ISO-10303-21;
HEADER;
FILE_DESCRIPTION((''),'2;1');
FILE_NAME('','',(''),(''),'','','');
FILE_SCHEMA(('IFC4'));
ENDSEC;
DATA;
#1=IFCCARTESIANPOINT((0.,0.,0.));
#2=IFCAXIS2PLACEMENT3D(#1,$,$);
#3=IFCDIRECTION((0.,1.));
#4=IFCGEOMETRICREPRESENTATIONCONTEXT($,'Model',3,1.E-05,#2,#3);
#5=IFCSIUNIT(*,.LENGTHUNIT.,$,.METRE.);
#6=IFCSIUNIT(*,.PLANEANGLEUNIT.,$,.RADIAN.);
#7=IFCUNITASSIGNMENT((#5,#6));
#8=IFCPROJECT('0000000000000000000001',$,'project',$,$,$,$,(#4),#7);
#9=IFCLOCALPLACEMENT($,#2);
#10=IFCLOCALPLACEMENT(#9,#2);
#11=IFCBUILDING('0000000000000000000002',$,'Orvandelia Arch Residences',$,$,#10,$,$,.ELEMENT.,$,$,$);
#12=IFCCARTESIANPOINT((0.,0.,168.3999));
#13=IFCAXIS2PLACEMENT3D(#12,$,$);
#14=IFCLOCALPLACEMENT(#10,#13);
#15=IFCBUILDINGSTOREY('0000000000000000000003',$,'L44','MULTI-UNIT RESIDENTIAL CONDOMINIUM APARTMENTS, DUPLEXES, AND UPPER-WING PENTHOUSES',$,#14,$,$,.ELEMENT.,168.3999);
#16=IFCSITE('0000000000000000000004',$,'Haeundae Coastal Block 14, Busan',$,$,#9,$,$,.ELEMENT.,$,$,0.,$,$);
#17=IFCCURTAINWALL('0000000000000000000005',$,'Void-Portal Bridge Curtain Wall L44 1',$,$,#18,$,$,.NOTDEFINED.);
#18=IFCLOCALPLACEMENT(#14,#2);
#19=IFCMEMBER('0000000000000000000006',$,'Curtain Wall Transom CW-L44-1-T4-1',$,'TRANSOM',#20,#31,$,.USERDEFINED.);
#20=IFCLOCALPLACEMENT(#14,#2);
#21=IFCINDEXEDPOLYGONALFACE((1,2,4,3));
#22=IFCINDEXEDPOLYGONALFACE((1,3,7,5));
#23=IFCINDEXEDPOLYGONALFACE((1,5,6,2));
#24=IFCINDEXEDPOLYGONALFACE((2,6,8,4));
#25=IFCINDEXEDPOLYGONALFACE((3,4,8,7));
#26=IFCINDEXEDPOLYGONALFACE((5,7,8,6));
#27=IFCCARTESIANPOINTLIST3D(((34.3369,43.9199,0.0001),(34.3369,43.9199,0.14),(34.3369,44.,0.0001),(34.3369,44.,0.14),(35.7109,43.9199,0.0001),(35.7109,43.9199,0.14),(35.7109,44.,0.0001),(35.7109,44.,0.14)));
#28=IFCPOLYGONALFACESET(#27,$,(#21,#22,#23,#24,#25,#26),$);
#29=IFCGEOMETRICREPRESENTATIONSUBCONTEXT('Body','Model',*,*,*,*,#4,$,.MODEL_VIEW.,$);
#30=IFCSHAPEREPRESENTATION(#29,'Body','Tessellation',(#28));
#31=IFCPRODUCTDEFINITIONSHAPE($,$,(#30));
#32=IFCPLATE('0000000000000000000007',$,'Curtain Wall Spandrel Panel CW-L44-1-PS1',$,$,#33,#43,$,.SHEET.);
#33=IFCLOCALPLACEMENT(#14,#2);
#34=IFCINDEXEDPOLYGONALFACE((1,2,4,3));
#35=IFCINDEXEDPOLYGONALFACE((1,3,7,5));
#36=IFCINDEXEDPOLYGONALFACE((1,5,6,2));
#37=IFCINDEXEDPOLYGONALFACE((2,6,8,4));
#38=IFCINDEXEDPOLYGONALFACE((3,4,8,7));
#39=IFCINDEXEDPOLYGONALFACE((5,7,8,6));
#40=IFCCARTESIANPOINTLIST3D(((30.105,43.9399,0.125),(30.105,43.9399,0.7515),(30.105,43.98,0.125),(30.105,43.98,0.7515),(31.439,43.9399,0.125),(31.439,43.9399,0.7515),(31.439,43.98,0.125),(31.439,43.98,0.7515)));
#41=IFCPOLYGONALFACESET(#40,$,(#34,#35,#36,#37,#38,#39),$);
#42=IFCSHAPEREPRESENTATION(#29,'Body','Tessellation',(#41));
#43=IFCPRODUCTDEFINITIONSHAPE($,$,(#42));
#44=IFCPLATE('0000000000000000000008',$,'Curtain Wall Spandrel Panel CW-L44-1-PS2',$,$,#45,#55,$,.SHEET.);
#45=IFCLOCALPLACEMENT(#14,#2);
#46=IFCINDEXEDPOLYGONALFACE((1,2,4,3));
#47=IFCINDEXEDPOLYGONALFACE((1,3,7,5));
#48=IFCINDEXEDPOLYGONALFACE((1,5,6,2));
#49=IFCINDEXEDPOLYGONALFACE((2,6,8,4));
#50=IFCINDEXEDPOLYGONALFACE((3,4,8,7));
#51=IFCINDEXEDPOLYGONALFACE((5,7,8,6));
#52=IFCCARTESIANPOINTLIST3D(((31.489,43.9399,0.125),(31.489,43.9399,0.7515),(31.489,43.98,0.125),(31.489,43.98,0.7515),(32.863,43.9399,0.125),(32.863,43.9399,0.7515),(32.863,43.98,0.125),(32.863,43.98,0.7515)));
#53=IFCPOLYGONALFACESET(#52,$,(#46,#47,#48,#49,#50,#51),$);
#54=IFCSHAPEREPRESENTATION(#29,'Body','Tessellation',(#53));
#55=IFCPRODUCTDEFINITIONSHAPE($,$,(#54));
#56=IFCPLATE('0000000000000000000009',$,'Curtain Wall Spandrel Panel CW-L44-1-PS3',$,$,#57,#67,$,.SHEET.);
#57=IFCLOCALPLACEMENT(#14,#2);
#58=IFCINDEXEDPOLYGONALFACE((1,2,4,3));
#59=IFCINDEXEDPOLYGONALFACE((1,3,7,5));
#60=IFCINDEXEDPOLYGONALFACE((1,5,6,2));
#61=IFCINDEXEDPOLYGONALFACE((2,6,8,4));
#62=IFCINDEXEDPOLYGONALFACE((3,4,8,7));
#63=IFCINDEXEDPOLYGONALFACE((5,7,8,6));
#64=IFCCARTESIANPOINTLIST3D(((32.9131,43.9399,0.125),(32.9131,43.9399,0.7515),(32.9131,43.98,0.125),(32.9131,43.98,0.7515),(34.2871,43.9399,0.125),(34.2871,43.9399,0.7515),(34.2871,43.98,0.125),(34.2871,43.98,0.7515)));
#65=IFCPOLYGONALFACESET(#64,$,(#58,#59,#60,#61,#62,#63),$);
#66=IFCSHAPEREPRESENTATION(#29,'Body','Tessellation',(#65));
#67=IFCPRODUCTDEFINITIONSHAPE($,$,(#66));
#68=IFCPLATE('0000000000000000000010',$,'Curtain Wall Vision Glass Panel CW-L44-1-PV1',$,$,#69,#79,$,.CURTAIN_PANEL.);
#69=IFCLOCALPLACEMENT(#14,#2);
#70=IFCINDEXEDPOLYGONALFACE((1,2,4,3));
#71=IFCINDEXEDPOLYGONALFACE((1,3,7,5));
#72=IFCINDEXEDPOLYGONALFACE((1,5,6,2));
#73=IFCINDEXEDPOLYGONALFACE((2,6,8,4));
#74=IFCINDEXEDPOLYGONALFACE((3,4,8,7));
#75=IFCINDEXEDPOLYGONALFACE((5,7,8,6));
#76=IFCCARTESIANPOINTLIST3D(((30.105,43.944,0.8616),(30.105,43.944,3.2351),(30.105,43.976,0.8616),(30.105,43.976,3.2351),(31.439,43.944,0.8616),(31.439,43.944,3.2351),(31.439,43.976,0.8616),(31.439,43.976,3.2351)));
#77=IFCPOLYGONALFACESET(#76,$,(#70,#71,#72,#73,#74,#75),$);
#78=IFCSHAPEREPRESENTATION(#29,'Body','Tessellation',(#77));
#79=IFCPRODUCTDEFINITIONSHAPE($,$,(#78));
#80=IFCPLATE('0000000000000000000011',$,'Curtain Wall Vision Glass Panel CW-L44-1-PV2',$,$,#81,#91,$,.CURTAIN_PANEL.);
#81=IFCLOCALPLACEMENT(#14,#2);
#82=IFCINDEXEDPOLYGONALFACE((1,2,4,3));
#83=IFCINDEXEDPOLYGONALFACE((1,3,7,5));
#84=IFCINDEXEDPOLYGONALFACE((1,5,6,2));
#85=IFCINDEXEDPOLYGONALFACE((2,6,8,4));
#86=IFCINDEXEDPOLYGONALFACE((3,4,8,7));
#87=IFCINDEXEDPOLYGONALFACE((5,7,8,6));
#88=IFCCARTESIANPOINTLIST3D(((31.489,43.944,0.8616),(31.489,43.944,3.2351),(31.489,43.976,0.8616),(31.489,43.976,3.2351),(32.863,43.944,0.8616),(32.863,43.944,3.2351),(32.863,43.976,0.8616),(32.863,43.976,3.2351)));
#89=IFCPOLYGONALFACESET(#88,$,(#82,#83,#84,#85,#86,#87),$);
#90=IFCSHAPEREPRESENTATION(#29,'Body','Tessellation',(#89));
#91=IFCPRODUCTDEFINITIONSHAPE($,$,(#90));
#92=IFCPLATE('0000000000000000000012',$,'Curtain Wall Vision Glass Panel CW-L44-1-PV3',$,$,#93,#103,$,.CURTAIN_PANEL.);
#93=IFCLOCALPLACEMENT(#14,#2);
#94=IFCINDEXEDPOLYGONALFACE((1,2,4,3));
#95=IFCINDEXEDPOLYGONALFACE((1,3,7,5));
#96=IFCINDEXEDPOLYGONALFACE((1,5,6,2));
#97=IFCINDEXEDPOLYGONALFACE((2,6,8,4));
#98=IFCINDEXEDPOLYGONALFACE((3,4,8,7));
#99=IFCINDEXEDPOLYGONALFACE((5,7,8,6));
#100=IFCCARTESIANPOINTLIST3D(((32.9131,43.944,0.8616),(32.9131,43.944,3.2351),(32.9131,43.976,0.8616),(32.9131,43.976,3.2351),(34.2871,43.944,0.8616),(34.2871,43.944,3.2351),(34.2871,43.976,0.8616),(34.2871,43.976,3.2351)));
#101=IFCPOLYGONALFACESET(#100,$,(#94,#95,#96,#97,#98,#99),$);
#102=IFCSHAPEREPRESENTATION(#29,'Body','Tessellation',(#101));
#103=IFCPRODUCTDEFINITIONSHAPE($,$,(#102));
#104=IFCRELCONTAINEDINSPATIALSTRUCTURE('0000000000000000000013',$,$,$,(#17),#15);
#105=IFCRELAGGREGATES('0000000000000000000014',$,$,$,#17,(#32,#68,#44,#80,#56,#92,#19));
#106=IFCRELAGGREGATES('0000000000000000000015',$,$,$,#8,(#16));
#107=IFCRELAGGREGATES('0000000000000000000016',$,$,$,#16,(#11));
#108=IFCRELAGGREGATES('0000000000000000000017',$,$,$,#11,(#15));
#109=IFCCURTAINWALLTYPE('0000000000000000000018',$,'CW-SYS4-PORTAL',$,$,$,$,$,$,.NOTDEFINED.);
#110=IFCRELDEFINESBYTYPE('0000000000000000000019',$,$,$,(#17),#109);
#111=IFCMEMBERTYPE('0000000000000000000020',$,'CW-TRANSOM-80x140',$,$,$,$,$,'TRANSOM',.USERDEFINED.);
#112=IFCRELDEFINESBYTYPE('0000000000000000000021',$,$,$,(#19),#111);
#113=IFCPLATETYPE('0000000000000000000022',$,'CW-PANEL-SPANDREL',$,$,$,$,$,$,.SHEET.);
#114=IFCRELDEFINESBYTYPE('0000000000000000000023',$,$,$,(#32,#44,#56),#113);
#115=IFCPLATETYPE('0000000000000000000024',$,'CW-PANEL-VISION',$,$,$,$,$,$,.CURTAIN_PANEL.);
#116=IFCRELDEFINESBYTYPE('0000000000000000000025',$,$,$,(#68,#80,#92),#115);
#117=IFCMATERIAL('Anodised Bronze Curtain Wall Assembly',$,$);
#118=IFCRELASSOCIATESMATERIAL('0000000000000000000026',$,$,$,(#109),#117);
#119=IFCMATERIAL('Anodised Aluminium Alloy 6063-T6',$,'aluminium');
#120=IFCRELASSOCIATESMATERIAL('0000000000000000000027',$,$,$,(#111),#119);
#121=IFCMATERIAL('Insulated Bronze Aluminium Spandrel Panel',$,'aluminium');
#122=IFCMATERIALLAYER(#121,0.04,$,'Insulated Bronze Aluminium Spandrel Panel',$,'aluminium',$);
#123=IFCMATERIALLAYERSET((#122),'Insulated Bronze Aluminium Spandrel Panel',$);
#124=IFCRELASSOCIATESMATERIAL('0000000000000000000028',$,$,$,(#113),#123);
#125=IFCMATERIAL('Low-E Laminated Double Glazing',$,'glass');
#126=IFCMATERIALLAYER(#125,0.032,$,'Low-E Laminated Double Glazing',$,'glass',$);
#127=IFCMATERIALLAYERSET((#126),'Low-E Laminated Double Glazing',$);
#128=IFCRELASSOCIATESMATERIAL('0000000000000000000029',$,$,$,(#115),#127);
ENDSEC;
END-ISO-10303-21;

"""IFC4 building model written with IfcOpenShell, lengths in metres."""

from ifc_helpers import new_model, si_unit, direction, frame, origin, origin_2d, place, context, subcontext, project, spatial, rectangle, extrude, material, layer, layer_set, material_profile, profile_set, type_object, element, aggregate, save


model = new_model("IFC4")

# Units and contexts
model_context = context("Model", 3, precision=1e-05, world=origin(), true_north=direction((0.0, 1.0)))
body_context = subcontext(model_context, "Body", "Model", "MODEL_VIEW")
ifc_project = project(units=[si_unit("LENGTHUNIT", "METRE"), si_unit("PLANEANGLEUNIT", "RADIAN")], contexts=[model_context])

# Site, building, storey
site_placement = place(None, origin())
site = spatial("IfcSite", under=ifc_project, at=site_placement, Name="Haeundae Coastal Block 14, Busan", CompositionType="ELEMENT", RefElevation=0.0)
building_placement = place(site_placement, origin())
building = spatial("IfcBuilding", under=site, at=building_placement, Name="Orvandelia Arch Residences", CompositionType="ELEMENT")
storey_placement = place(building_placement, frame((0.0, 0.0, 168.3999)))
storey = spatial("IfcBuildingStorey", under=building, at=storey_placement, Name="L44", Description="MULTI-UNIT RESIDENTIAL CONDOMINIUM APARTMENTS, DUPLEXES, AND UPPER-WING PENTHOUSES", CompositionType="ELEMENT", Elevation=168.3999)

# Curtain wall, member, plates
ifc_material_1 = material(Name="Anodised Bronze Curtain Wall Assembly")
curtain_wall_type = type_object("IfcCurtainWallType", Name="CW-SYS4-PORTAL", PredefinedType="NOTDEFINED", material=ifc_material_1)
curtain_wall_placement = place(storey_placement, origin())
curtain_wall = element("IfcCurtainWall", 1, at=curtain_wall_placement, inside=storey, type_object=curtain_wall_type, Name="Void-Portal Bridge Curtain Wall L44 1", PredefinedType="NOTDEFINED")
ifc_material_2 = material(Name="Anodised Aluminium Alloy 6063-T6", Category="aluminium")
ifc_material_profile_1 = material_profile(ifc_material_2, rectangle(XDim=0.0801, YDim=0.1399, at=origin_2d()), Name="Anodised Aluminium Alloy 6063-T6", Category="aluminium")
ifc_profile_set_1 = profile_set([ifc_material_profile_1], Name="Anodised Aluminium Alloy 6063-T6")
member_type_1 = type_object("IfcMemberType", Name="CW-TRANSOM-80x140", ElementType="TRANSOM", PredefinedType="USERDEFINED", material=ifc_profile_set_1)
member_1_placement = place(storey_placement, frame((34.3369, 43.96, 0.0701), z_axis=(1.0, 0.0, 0.0), x_axis=(0.0, 1.0, 0.0)))
member_1 = element("IfcMember", 2, at=member_1_placement, type_object=member_type_1, Name="Curtain Wall Transom CW-L44-1-T4-1", ObjectType="TRANSOM", PredefinedType="USERDEFINED", context=body_context, shape_type="SweptSolid", body=[
    extrude(rectangle(XDim=0.0801, YDim=0.1399, at=origin_2d()), origin(), (0.0, 0.0, 1.0), 1.374),
])
ifc_material_3 = material(Name="Insulated Bronze Aluminium Spandrel Panel", Category="aluminium")
ifc_layer_1 = layer(ifc_material_3, 0.04, Name="Insulated Bronze Aluminium Spandrel Panel", Category="aluminium")
ifc_layer_set_1 = layer_set([ifc_layer_1], Name="Insulated Bronze Aluminium Spandrel Panel")
plate_type_1 = type_object("IfcPlateType", Name="CW-PANEL-SPANDREL", PredefinedType="SHEET", material=ifc_layer_set_1)
plate_1_placement = place(storey_placement, frame((30.772, 43.96, 0.125), z_axis=(0.0, 0.0, 1.0), x_axis=(1.0, 0.0, 0.0)))
plate_1 = element("IfcPlate", 3, at=plate_1_placement, type_object=plate_type_1, Name="Curtain Wall Spandrel Panel CW-L44-1-PS1", PredefinedType="SHEET", context=body_context, shape_type="SweptSolid", body=[
    extrude(rectangle(XDim=1.334, YDim=0.04, at=origin_2d()), origin(), (0.0, 0.0, 1.0), 0.6265),
])
plate_2_placement = place(storey_placement, frame((32.176, 43.96, 0.125), z_axis=(0.0, 0.0, 1.0), x_axis=(1.0, 0.0, 0.0)))
plate_2 = element("IfcPlate", 4, at=plate_2_placement, type_object=plate_type_1, Name="Curtain Wall Spandrel Panel CW-L44-1-PS2", PredefinedType="SHEET", context=body_context, shape_type="SweptSolid", body=[
    extrude(rectangle(XDim=1.374, YDim=0.04, at=origin_2d()), origin(), (0.0, 0.0, 1.0), 0.6265),
])
plate_3_placement = place(storey_placement, frame((33.6001, 43.96, 0.125), z_axis=(0.0, 0.0, 1.0), x_axis=(1.0, 0.0, 0.0)))
plate_3 = element("IfcPlate", 5, at=plate_3_placement, type_object=plate_type_1, Name="Curtain Wall Spandrel Panel CW-L44-1-PS3", PredefinedType="SHEET", context=body_context, shape_type="SweptSolid", body=[
    extrude(rectangle(XDim=1.374, YDim=0.04, at=origin_2d()), origin(), (0.0, 0.0, 1.0), 0.6265),
])
ifc_material_4 = material(Name="Low-E Laminated Double Glazing", Category="glass")
ifc_layer_2 = layer(ifc_material_4, 0.032, Name="Low-E Laminated Double Glazing", Category="glass")
ifc_layer_set_2 = layer_set([ifc_layer_2], Name="Low-E Laminated Double Glazing")
plate_type_2 = type_object("IfcPlateType", Name="CW-PANEL-VISION", PredefinedType="CURTAIN_PANEL", material=ifc_layer_set_2)
plate_4_placement = place(storey_placement, frame((30.772, 43.96, 0.8616), z_axis=(0.0, 0.0, 1.0), x_axis=(1.0, 0.0, 0.0)))
plate_4 = element("IfcPlate", 6, at=plate_4_placement, type_object=plate_type_2, Name="Curtain Wall Vision Glass Panel CW-L44-1-PV1", PredefinedType="CURTAIN_PANEL", context=body_context, shape_type="SweptSolid", body=[
    extrude(rectangle(XDim=1.334, YDim=0.032, at=origin_2d()), origin(), (0.0, 0.0, 1.0), 2.3735),
])
plate_5_placement = place(storey_placement, frame((32.176, 43.96, 0.8616), z_axis=(0.0, 0.0, 1.0), x_axis=(1.0, 0.0, 0.0)))
plate_5 = element("IfcPlate", 7, at=plate_5_placement, type_object=plate_type_2, Name="Curtain Wall Vision Glass Panel CW-L44-1-PV2", PredefinedType="CURTAIN_PANEL", context=body_context, shape_type="SweptSolid", body=[
    extrude(rectangle(XDim=1.374, YDim=0.032, at=origin_2d()), origin(), (0.0, 0.0, 1.0), 2.3735),
])
plate_6_placement = place(storey_placement, frame((33.6001, 43.96, 0.8616), z_axis=(0.0, 0.0, 1.0), x_axis=(1.0, 0.0, 0.0)))
plate_6 = element("IfcPlate", 8, at=plate_6_placement, type_object=plate_type_2, Name="Curtain Wall Vision Glass Panel CW-L44-1-PV3", PredefinedType="CURTAIN_PANEL", context=body_context, shape_type="SweptSolid", body=[
    extrude(rectangle(XDim=1.374, YDim=0.032, at=origin_2d()), origin(), (0.0, 0.0, 1.0), 2.3735),
])
aggregate(curtain_wall, [plate_1, plate_4, plate_2, plate_5, plate_3, plate_6, member_1])

save(model, "model.ifc")
